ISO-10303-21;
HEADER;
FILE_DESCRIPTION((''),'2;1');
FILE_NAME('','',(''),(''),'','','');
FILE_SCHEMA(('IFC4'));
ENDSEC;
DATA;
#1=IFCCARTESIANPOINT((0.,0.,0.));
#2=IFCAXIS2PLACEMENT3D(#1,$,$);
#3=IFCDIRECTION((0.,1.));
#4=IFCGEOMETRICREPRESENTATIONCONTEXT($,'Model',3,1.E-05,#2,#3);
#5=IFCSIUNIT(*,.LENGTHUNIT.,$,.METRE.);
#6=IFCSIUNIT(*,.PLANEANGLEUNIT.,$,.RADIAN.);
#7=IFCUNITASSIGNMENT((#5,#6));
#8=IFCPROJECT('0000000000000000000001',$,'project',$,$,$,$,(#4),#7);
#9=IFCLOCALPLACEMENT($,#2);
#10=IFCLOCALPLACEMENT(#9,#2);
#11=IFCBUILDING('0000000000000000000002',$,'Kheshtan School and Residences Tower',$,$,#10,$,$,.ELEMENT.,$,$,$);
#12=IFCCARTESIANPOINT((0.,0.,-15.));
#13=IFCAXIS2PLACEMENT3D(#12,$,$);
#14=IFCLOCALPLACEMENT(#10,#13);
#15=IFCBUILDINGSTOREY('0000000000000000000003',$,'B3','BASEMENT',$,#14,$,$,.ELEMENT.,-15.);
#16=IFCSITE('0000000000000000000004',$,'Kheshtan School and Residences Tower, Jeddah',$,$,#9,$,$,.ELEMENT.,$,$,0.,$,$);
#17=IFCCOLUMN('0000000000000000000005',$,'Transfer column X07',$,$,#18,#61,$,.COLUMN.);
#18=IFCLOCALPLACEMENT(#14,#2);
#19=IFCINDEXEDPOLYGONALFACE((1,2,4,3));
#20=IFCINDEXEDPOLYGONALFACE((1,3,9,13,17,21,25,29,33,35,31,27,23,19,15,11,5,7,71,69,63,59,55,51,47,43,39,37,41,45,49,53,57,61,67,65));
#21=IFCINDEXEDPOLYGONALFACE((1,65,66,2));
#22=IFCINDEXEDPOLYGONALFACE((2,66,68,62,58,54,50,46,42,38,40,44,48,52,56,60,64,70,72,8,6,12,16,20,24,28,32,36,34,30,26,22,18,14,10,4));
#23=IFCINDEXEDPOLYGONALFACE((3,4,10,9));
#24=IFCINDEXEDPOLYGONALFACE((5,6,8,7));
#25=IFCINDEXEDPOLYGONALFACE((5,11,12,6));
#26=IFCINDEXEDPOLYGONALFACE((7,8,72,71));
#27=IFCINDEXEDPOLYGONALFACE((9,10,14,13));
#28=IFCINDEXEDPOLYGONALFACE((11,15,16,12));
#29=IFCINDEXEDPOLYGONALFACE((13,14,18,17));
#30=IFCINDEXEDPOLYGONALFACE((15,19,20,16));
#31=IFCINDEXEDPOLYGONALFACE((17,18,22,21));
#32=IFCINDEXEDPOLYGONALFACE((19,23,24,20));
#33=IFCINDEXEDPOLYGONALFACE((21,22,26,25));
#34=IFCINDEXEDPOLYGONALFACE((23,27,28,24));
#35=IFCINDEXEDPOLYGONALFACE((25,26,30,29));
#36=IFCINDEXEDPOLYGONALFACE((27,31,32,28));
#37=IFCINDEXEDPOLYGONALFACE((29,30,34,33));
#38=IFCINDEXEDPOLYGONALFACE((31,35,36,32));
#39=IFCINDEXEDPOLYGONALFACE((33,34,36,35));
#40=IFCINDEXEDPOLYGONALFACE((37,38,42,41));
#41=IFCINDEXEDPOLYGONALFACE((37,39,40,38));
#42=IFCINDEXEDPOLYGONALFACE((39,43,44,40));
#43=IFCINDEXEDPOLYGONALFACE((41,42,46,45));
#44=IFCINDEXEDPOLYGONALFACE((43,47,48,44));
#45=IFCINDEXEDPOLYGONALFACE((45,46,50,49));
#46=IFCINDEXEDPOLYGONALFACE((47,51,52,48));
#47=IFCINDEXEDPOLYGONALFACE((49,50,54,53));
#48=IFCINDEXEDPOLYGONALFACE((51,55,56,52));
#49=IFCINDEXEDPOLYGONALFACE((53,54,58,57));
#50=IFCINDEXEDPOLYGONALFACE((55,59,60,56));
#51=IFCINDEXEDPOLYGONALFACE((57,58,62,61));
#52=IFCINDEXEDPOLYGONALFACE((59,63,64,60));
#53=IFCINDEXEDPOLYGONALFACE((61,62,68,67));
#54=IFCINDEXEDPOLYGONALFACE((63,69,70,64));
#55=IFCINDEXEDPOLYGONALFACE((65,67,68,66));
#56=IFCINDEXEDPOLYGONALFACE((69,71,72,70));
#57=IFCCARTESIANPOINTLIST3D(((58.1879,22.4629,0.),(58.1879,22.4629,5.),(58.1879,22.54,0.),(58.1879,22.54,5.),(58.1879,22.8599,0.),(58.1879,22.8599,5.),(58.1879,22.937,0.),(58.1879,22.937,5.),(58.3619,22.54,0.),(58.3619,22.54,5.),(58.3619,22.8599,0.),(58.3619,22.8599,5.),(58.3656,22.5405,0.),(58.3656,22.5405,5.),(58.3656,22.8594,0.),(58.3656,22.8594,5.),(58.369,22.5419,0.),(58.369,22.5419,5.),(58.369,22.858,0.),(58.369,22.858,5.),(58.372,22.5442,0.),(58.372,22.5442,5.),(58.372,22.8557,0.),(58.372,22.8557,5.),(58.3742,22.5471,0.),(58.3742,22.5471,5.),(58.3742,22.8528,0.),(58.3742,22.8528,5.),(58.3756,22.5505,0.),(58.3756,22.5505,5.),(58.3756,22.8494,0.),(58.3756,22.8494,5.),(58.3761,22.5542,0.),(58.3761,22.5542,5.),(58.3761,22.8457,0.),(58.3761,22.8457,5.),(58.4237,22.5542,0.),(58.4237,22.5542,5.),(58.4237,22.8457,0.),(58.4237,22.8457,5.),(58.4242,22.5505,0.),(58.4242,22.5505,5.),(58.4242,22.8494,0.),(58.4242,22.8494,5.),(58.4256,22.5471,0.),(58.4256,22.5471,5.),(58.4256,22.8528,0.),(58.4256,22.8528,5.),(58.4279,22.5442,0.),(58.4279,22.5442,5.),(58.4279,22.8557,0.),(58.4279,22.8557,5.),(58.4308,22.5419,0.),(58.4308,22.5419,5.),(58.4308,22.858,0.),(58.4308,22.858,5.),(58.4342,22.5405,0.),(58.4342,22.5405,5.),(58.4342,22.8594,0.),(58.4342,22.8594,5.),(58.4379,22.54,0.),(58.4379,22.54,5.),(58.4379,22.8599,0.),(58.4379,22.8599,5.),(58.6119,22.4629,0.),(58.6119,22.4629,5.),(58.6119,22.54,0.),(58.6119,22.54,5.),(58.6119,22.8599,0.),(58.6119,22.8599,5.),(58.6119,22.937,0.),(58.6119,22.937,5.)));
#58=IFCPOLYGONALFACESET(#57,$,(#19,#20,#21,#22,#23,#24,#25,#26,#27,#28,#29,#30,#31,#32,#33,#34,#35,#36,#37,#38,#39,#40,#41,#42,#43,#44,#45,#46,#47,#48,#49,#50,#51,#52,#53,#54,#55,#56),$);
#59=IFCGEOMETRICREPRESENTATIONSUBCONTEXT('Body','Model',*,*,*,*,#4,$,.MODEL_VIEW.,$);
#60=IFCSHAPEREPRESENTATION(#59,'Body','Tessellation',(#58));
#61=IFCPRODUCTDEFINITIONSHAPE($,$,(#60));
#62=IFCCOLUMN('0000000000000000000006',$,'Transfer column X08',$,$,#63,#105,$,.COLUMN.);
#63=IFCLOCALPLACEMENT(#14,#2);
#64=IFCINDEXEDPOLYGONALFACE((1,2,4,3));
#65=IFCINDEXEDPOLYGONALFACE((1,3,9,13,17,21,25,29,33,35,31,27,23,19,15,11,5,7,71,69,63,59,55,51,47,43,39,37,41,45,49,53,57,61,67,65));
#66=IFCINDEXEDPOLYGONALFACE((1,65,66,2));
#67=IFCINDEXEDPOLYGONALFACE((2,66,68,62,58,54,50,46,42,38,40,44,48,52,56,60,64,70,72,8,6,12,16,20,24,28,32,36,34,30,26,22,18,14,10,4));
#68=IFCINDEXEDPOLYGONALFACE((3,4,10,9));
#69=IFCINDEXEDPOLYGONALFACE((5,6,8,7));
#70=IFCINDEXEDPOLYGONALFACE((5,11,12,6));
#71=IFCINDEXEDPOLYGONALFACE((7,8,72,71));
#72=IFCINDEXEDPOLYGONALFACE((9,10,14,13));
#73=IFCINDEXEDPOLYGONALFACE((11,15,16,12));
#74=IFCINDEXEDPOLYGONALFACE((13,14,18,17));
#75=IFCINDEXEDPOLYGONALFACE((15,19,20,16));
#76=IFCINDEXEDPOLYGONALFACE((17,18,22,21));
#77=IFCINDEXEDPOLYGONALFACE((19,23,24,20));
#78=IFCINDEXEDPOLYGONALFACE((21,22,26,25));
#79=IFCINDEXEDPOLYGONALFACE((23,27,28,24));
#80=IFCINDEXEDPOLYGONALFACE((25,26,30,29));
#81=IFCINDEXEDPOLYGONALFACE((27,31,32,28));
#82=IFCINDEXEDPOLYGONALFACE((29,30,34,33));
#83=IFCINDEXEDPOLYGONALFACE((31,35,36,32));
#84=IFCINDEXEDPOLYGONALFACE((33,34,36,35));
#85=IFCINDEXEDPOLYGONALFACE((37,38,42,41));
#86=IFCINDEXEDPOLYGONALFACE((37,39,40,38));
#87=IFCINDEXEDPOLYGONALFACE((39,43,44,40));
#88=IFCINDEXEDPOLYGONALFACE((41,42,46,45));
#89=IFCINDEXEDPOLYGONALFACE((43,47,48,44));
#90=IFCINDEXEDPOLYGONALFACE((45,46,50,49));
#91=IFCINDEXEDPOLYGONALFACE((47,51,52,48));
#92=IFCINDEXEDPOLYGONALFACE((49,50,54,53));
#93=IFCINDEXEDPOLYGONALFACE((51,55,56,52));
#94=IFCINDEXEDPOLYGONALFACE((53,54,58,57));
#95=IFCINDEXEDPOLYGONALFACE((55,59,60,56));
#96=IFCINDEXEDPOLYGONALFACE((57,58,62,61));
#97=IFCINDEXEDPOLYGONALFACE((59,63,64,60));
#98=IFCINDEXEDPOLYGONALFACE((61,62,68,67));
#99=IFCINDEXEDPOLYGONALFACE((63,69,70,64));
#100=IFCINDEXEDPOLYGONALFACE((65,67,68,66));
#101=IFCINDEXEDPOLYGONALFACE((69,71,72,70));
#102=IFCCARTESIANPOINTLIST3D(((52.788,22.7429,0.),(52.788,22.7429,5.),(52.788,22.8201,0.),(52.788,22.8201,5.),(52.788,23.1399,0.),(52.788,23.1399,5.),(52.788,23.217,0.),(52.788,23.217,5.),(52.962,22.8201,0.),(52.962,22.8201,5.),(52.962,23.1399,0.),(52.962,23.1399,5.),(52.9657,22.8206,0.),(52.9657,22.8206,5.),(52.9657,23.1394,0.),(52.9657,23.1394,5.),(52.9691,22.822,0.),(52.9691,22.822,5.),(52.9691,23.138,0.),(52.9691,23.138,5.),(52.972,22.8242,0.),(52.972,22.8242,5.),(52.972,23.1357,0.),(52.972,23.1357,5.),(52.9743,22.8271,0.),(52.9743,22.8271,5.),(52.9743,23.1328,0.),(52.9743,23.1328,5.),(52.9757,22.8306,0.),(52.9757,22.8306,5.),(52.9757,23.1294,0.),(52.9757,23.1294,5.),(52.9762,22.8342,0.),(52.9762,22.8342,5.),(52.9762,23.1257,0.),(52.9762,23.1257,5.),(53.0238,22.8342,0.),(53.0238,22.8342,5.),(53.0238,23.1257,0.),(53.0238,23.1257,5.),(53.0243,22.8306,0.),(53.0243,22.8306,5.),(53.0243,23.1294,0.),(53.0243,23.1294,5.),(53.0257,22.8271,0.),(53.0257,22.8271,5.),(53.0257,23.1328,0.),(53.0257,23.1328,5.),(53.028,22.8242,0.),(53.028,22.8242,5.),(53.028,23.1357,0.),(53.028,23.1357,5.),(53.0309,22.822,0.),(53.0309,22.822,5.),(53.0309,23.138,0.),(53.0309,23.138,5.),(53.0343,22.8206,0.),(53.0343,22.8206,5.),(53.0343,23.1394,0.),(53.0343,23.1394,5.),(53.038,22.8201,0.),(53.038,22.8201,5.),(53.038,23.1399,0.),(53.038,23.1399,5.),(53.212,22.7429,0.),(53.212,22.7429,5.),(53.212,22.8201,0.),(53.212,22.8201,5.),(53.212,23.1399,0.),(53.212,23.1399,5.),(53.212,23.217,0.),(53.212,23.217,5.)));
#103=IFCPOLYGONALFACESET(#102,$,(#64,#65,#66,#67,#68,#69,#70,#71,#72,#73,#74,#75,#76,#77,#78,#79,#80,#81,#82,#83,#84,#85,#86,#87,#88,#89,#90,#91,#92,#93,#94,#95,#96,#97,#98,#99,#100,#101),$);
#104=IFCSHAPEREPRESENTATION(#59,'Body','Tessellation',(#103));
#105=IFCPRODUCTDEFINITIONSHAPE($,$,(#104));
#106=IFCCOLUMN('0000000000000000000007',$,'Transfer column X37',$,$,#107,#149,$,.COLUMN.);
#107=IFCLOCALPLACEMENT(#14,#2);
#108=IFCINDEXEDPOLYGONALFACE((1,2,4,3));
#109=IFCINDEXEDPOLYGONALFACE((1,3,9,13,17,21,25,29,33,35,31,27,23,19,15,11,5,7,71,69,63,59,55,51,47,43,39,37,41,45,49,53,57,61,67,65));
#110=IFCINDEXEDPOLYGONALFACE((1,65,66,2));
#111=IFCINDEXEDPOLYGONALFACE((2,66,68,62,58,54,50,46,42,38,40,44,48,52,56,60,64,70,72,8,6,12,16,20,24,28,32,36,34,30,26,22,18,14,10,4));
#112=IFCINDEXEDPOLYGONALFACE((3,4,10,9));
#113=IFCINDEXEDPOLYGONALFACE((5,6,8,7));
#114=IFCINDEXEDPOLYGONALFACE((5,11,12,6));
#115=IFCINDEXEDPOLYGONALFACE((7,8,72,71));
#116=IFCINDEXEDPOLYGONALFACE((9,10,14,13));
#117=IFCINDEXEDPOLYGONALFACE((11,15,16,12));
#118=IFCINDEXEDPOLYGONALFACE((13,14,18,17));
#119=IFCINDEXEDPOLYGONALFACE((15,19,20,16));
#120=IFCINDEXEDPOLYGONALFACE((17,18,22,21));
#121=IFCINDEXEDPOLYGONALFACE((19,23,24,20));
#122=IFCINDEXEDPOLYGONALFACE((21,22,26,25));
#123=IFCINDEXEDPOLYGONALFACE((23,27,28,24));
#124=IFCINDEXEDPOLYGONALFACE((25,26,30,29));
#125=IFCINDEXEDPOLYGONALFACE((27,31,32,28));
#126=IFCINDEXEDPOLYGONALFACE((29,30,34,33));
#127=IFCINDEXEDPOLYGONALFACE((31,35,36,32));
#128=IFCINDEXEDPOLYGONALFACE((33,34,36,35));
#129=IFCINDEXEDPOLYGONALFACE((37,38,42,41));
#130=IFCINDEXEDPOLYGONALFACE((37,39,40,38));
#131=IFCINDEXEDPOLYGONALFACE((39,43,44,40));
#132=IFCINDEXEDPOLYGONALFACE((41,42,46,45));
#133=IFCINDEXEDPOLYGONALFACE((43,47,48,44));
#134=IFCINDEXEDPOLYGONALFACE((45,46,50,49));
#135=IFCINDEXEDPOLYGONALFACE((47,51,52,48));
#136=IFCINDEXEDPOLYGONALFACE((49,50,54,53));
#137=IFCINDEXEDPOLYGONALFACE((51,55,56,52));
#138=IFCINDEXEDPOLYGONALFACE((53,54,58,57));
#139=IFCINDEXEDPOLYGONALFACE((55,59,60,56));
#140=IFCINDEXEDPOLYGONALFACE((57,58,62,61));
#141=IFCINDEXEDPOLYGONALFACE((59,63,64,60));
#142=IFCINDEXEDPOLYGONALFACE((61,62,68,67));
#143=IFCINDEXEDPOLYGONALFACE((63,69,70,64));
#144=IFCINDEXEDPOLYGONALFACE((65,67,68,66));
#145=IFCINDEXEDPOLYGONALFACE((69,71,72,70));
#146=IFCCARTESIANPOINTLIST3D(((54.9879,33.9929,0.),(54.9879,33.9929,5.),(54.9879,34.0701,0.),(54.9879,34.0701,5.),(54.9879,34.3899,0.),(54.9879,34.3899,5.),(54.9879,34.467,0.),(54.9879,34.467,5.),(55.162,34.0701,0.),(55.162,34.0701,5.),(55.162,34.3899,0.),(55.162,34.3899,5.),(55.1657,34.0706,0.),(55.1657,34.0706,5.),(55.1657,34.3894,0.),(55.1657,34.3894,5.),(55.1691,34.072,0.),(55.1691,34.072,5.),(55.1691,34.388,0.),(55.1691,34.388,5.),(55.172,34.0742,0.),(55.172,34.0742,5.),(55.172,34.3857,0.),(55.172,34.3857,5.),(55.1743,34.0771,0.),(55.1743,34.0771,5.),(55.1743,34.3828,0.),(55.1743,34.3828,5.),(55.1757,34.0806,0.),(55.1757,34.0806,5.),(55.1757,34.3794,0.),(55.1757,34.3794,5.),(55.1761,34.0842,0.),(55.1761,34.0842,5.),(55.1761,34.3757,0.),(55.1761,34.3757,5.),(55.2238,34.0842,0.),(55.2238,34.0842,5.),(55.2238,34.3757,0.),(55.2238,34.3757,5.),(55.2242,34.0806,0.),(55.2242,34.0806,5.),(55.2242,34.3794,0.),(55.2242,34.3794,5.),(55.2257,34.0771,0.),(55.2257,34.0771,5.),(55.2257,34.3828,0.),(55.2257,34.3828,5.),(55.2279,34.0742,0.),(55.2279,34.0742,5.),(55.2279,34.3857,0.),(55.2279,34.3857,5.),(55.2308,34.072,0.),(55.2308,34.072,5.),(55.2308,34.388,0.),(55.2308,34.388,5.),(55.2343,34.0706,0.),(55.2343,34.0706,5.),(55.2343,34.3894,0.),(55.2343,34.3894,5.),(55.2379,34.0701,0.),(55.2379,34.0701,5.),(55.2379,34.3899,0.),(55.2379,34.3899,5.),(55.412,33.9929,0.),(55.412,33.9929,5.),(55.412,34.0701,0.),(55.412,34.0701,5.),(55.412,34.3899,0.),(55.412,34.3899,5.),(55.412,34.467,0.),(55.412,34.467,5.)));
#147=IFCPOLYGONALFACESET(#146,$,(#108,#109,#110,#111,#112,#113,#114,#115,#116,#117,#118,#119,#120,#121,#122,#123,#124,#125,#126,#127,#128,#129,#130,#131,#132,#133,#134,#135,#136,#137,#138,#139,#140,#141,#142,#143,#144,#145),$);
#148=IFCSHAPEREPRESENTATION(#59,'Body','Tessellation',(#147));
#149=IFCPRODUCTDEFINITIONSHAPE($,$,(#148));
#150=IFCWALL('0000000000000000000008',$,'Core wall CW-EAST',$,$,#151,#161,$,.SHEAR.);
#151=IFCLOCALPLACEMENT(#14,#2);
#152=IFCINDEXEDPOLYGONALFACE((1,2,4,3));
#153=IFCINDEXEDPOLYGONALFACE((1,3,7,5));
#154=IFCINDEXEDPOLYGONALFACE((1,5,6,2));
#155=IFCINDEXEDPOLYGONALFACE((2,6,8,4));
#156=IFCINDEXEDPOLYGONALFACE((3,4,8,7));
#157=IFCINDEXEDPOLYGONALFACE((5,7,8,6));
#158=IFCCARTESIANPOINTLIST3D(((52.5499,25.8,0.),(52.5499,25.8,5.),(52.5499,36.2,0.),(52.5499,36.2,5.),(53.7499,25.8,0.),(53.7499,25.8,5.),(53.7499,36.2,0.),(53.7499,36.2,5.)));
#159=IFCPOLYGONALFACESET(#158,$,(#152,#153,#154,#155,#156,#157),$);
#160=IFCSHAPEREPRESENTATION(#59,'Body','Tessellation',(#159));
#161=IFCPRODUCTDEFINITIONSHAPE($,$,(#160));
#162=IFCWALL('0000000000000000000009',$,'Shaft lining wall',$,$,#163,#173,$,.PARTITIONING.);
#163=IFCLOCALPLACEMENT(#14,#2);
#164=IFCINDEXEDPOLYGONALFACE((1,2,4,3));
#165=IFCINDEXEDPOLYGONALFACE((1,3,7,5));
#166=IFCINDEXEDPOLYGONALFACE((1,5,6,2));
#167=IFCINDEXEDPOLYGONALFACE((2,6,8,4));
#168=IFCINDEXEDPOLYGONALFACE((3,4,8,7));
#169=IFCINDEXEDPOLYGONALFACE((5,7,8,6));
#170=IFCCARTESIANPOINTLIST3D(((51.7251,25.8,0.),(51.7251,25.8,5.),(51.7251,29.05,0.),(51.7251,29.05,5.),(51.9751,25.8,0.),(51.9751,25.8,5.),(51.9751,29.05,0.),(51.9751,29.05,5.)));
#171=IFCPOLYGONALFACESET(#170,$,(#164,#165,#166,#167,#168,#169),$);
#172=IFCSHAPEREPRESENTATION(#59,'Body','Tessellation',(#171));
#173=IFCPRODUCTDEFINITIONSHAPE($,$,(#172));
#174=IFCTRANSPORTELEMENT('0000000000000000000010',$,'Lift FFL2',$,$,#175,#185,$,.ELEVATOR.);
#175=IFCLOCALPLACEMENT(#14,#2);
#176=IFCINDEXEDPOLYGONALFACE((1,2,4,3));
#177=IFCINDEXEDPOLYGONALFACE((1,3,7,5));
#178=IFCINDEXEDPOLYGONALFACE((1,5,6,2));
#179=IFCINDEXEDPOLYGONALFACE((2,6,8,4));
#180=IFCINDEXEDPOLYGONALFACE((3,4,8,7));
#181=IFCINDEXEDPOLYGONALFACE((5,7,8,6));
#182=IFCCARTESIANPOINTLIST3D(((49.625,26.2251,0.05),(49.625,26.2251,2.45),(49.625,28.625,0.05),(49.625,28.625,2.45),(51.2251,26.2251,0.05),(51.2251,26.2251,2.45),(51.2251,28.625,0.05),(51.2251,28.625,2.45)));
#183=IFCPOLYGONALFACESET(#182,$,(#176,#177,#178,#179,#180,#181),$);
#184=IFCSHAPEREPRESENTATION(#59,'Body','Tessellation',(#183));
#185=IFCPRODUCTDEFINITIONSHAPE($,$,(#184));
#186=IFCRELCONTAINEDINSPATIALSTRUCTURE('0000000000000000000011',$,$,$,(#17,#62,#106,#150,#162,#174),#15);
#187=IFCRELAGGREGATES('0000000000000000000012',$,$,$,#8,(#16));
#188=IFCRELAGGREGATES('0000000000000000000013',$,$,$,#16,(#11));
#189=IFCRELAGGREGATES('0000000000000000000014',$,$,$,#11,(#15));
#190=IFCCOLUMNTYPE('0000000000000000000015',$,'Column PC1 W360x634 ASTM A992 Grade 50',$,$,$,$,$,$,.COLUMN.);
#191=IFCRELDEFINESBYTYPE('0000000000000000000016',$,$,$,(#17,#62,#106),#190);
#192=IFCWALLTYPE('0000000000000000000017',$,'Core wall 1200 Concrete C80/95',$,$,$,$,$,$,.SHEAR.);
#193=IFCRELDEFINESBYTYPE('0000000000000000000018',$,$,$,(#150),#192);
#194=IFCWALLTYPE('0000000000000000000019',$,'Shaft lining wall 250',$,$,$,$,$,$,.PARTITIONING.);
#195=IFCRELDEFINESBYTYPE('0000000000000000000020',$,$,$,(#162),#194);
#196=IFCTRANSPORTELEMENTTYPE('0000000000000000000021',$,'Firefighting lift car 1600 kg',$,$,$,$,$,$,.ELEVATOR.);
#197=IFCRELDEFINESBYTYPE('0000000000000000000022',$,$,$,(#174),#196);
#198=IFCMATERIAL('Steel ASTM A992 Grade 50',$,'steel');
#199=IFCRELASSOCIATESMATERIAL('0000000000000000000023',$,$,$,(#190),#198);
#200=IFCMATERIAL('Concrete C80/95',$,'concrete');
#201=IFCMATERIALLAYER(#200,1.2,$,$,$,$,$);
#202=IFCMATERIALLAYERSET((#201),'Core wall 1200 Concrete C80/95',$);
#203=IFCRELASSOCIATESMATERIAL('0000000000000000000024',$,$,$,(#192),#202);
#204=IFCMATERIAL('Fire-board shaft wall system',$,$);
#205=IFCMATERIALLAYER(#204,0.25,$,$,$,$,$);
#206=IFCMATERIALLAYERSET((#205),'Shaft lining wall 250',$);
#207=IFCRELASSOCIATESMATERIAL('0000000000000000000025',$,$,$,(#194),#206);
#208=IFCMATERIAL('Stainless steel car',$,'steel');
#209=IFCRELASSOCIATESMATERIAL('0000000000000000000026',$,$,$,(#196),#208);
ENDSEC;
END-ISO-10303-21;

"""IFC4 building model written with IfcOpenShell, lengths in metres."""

from ifc_helpers import new_model, si_unit, direction, frame, frame_2d, origin, origin_2d, place, context, subcontext, project, spatial, rectangle, i_section, extrude, material, layer, layer_set, material_profile, profile_set, type_object, element, save


model = new_model("IFC4")

# Units and contexts
model_context = context("Model", 3, precision=1e-05, world=origin(), true_north=direction((0.0, 1.0)))
body_context = subcontext(model_context, "Body", "Model", "MODEL_VIEW")
ifc_project = project(units=[si_unit("LENGTHUNIT", "METRE"), si_unit("PLANEANGLEUNIT", "RADIAN")], contexts=[model_context])

# Site, building, storey
site_placement = place(None, origin())
site = spatial("IfcSite", under=ifc_project, at=site_placement, Name="Kheshtan School and Residences Tower, Jeddah", CompositionType="ELEMENT", RefElevation=0.0)
building_placement = place(site_placement, origin())
building = spatial("IfcBuilding", under=site, at=building_placement, Name="Kheshtan School and Residences Tower", CompositionType="ELEMENT")
storey_placement = place(building_placement, frame((0.0, 0.0, -15.0)))
storey = spatial("IfcBuildingStorey", under=building, at=storey_placement, Name="B3", Description="BASEMENT", CompositionType="ELEMENT", Elevation=-15.0)

# Columns
ifc_material_1 = material(Name="Steel ASTM A992 Grade 50", Category="steel")
ifc_material_profile_1 = material_profile(ifc_material_1, i_section(OverallWidth=0.4241, OverallDepth=0.4741, WebThickness=0.0476, FlangeThickness=0.0771, FilletRadius=0.0142, at=origin_2d()), Name="W360x634")
ifc_profile_set_1 = profile_set([ifc_material_profile_1], Name="Steel ASTM A992 Grade 50")
column_type = type_object("IfcColumnType", Name="Column PC1 W360x634 ASTM A992 Grade 50", PredefinedType="COLUMN", material=ifc_profile_set_1)
for number, where, z_axis, x_axis, name in (
    (1, (58.3999, 22.7, 0.0), (0.0, 0.0, 1.0), (1.0, 0.0, 0.0), "Transfer column X07"),
    (2, (53.0, 22.98, 0.0), (0.0, 0.0, 1.0), (1.0, 0.0, 0.0), "Transfer column X08"),
    (3, (55.2, 34.23, 0.0), (0.0, 0.0, 1.0), (1.0, 0.0, 0.0), "Transfer column X37"),
):
    element("IfcColumn", number, at=place(storey_placement, frame(where, z_axis=z_axis, x_axis=x_axis)), inside=storey, type_object=column_type, Name=name, PredefinedType="COLUMN", context=body_context, shape_type="SweptSolid", body=[
        extrude(i_section(OverallWidth=0.4241, OverallDepth=0.4741, WebThickness=0.0476, FlangeThickness=0.0771, FilletRadius=0.0142, at=origin_2d()), origin(), (0.0, 0.0, 1.0), 5.0),
    ])

# Walls
ifc_material_2 = material(Name="Concrete C80/95", Category="concrete")
ifc_layer_1 = layer(ifc_material_2, 1.2)
ifc_layer_set_1 = layer_set([ifc_layer_1], Name="Core wall 1200 Concrete C80/95")
wall_type_1 = type_object("IfcWallType", Name="Core wall 1200 Concrete C80/95", PredefinedType="SHEAR", material=ifc_layer_set_1)
wall_1_placement = place(storey_placement, frame((53.1499, 25.8, 0.0), z_axis=(0.0, 0.0, 1.0), x_axis=(0.0, 1.0, 0.0)))
element("IfcWall", 4, at=wall_1_placement, inside=storey, type_object=wall_type_1, Name="Core wall CW-EAST", PredefinedType="SHEAR", context=body_context, shape_type="SweptSolid", body=[
    extrude(rectangle(XDim=10.3999, YDim=1.2, at=frame_2d((5.2, 0.0))), origin(), (0.0, 0.0, 1.0), 5.0),
])
ifc_material_3 = material(Name="Fire-board shaft wall system")
ifc_layer_2 = layer(ifc_material_3, 0.25)
ifc_layer_set_2 = layer_set([ifc_layer_2], Name="Shaft lining wall 250")
wall_type_2 = type_object("IfcWallType", Name="Shaft lining wall 250", PredefinedType="PARTITIONING", material=ifc_layer_set_2)
wall_2_placement = place(storey_placement, frame((51.8501, 25.8, 0.0), z_axis=(0.0, 0.0, 1.0), x_axis=(0.0, 1.0, 0.0)))
element("IfcWall", 5, at=wall_2_placement, inside=storey, type_object=wall_type_2, Name="Shaft lining wall", PredefinedType="PARTITIONING", context=body_context, shape_type="SweptSolid", body=[
    extrude(rectangle(XDim=3.25, YDim=0.25, at=frame_2d((1.625, 0.0))), origin(), (0.0, 0.0, 1.0), 5.0),
])

# Transport element
ifc_material_4 = material(Name="Stainless steel car", Category="steel")
transport_element_type = type_object("IfcTransportElementType", Name="Firefighting lift car 1600 kg", PredefinedType="ELEVATOR", material=ifc_material_4)
transport_element_placement = place(storey_placement, frame((50.425, 27.425, 0.05), z_axis=(0.0, 0.0, 1.0), x_axis=(1.0, 0.0, 0.0)))
element("IfcTransportElement", 6, at=transport_element_placement, inside=storey, type_object=transport_element_type, Name="Lift FFL2", PredefinedType="ELEVATOR", context=body_context, shape_type="SweptSolid", body=[
    extrude(rectangle(XDim=1.6001, YDim=2.3999, at=origin_2d()), origin(), (0.0, 0.0, 1.0), 2.3999),
])

save(model, "model.ifc")
